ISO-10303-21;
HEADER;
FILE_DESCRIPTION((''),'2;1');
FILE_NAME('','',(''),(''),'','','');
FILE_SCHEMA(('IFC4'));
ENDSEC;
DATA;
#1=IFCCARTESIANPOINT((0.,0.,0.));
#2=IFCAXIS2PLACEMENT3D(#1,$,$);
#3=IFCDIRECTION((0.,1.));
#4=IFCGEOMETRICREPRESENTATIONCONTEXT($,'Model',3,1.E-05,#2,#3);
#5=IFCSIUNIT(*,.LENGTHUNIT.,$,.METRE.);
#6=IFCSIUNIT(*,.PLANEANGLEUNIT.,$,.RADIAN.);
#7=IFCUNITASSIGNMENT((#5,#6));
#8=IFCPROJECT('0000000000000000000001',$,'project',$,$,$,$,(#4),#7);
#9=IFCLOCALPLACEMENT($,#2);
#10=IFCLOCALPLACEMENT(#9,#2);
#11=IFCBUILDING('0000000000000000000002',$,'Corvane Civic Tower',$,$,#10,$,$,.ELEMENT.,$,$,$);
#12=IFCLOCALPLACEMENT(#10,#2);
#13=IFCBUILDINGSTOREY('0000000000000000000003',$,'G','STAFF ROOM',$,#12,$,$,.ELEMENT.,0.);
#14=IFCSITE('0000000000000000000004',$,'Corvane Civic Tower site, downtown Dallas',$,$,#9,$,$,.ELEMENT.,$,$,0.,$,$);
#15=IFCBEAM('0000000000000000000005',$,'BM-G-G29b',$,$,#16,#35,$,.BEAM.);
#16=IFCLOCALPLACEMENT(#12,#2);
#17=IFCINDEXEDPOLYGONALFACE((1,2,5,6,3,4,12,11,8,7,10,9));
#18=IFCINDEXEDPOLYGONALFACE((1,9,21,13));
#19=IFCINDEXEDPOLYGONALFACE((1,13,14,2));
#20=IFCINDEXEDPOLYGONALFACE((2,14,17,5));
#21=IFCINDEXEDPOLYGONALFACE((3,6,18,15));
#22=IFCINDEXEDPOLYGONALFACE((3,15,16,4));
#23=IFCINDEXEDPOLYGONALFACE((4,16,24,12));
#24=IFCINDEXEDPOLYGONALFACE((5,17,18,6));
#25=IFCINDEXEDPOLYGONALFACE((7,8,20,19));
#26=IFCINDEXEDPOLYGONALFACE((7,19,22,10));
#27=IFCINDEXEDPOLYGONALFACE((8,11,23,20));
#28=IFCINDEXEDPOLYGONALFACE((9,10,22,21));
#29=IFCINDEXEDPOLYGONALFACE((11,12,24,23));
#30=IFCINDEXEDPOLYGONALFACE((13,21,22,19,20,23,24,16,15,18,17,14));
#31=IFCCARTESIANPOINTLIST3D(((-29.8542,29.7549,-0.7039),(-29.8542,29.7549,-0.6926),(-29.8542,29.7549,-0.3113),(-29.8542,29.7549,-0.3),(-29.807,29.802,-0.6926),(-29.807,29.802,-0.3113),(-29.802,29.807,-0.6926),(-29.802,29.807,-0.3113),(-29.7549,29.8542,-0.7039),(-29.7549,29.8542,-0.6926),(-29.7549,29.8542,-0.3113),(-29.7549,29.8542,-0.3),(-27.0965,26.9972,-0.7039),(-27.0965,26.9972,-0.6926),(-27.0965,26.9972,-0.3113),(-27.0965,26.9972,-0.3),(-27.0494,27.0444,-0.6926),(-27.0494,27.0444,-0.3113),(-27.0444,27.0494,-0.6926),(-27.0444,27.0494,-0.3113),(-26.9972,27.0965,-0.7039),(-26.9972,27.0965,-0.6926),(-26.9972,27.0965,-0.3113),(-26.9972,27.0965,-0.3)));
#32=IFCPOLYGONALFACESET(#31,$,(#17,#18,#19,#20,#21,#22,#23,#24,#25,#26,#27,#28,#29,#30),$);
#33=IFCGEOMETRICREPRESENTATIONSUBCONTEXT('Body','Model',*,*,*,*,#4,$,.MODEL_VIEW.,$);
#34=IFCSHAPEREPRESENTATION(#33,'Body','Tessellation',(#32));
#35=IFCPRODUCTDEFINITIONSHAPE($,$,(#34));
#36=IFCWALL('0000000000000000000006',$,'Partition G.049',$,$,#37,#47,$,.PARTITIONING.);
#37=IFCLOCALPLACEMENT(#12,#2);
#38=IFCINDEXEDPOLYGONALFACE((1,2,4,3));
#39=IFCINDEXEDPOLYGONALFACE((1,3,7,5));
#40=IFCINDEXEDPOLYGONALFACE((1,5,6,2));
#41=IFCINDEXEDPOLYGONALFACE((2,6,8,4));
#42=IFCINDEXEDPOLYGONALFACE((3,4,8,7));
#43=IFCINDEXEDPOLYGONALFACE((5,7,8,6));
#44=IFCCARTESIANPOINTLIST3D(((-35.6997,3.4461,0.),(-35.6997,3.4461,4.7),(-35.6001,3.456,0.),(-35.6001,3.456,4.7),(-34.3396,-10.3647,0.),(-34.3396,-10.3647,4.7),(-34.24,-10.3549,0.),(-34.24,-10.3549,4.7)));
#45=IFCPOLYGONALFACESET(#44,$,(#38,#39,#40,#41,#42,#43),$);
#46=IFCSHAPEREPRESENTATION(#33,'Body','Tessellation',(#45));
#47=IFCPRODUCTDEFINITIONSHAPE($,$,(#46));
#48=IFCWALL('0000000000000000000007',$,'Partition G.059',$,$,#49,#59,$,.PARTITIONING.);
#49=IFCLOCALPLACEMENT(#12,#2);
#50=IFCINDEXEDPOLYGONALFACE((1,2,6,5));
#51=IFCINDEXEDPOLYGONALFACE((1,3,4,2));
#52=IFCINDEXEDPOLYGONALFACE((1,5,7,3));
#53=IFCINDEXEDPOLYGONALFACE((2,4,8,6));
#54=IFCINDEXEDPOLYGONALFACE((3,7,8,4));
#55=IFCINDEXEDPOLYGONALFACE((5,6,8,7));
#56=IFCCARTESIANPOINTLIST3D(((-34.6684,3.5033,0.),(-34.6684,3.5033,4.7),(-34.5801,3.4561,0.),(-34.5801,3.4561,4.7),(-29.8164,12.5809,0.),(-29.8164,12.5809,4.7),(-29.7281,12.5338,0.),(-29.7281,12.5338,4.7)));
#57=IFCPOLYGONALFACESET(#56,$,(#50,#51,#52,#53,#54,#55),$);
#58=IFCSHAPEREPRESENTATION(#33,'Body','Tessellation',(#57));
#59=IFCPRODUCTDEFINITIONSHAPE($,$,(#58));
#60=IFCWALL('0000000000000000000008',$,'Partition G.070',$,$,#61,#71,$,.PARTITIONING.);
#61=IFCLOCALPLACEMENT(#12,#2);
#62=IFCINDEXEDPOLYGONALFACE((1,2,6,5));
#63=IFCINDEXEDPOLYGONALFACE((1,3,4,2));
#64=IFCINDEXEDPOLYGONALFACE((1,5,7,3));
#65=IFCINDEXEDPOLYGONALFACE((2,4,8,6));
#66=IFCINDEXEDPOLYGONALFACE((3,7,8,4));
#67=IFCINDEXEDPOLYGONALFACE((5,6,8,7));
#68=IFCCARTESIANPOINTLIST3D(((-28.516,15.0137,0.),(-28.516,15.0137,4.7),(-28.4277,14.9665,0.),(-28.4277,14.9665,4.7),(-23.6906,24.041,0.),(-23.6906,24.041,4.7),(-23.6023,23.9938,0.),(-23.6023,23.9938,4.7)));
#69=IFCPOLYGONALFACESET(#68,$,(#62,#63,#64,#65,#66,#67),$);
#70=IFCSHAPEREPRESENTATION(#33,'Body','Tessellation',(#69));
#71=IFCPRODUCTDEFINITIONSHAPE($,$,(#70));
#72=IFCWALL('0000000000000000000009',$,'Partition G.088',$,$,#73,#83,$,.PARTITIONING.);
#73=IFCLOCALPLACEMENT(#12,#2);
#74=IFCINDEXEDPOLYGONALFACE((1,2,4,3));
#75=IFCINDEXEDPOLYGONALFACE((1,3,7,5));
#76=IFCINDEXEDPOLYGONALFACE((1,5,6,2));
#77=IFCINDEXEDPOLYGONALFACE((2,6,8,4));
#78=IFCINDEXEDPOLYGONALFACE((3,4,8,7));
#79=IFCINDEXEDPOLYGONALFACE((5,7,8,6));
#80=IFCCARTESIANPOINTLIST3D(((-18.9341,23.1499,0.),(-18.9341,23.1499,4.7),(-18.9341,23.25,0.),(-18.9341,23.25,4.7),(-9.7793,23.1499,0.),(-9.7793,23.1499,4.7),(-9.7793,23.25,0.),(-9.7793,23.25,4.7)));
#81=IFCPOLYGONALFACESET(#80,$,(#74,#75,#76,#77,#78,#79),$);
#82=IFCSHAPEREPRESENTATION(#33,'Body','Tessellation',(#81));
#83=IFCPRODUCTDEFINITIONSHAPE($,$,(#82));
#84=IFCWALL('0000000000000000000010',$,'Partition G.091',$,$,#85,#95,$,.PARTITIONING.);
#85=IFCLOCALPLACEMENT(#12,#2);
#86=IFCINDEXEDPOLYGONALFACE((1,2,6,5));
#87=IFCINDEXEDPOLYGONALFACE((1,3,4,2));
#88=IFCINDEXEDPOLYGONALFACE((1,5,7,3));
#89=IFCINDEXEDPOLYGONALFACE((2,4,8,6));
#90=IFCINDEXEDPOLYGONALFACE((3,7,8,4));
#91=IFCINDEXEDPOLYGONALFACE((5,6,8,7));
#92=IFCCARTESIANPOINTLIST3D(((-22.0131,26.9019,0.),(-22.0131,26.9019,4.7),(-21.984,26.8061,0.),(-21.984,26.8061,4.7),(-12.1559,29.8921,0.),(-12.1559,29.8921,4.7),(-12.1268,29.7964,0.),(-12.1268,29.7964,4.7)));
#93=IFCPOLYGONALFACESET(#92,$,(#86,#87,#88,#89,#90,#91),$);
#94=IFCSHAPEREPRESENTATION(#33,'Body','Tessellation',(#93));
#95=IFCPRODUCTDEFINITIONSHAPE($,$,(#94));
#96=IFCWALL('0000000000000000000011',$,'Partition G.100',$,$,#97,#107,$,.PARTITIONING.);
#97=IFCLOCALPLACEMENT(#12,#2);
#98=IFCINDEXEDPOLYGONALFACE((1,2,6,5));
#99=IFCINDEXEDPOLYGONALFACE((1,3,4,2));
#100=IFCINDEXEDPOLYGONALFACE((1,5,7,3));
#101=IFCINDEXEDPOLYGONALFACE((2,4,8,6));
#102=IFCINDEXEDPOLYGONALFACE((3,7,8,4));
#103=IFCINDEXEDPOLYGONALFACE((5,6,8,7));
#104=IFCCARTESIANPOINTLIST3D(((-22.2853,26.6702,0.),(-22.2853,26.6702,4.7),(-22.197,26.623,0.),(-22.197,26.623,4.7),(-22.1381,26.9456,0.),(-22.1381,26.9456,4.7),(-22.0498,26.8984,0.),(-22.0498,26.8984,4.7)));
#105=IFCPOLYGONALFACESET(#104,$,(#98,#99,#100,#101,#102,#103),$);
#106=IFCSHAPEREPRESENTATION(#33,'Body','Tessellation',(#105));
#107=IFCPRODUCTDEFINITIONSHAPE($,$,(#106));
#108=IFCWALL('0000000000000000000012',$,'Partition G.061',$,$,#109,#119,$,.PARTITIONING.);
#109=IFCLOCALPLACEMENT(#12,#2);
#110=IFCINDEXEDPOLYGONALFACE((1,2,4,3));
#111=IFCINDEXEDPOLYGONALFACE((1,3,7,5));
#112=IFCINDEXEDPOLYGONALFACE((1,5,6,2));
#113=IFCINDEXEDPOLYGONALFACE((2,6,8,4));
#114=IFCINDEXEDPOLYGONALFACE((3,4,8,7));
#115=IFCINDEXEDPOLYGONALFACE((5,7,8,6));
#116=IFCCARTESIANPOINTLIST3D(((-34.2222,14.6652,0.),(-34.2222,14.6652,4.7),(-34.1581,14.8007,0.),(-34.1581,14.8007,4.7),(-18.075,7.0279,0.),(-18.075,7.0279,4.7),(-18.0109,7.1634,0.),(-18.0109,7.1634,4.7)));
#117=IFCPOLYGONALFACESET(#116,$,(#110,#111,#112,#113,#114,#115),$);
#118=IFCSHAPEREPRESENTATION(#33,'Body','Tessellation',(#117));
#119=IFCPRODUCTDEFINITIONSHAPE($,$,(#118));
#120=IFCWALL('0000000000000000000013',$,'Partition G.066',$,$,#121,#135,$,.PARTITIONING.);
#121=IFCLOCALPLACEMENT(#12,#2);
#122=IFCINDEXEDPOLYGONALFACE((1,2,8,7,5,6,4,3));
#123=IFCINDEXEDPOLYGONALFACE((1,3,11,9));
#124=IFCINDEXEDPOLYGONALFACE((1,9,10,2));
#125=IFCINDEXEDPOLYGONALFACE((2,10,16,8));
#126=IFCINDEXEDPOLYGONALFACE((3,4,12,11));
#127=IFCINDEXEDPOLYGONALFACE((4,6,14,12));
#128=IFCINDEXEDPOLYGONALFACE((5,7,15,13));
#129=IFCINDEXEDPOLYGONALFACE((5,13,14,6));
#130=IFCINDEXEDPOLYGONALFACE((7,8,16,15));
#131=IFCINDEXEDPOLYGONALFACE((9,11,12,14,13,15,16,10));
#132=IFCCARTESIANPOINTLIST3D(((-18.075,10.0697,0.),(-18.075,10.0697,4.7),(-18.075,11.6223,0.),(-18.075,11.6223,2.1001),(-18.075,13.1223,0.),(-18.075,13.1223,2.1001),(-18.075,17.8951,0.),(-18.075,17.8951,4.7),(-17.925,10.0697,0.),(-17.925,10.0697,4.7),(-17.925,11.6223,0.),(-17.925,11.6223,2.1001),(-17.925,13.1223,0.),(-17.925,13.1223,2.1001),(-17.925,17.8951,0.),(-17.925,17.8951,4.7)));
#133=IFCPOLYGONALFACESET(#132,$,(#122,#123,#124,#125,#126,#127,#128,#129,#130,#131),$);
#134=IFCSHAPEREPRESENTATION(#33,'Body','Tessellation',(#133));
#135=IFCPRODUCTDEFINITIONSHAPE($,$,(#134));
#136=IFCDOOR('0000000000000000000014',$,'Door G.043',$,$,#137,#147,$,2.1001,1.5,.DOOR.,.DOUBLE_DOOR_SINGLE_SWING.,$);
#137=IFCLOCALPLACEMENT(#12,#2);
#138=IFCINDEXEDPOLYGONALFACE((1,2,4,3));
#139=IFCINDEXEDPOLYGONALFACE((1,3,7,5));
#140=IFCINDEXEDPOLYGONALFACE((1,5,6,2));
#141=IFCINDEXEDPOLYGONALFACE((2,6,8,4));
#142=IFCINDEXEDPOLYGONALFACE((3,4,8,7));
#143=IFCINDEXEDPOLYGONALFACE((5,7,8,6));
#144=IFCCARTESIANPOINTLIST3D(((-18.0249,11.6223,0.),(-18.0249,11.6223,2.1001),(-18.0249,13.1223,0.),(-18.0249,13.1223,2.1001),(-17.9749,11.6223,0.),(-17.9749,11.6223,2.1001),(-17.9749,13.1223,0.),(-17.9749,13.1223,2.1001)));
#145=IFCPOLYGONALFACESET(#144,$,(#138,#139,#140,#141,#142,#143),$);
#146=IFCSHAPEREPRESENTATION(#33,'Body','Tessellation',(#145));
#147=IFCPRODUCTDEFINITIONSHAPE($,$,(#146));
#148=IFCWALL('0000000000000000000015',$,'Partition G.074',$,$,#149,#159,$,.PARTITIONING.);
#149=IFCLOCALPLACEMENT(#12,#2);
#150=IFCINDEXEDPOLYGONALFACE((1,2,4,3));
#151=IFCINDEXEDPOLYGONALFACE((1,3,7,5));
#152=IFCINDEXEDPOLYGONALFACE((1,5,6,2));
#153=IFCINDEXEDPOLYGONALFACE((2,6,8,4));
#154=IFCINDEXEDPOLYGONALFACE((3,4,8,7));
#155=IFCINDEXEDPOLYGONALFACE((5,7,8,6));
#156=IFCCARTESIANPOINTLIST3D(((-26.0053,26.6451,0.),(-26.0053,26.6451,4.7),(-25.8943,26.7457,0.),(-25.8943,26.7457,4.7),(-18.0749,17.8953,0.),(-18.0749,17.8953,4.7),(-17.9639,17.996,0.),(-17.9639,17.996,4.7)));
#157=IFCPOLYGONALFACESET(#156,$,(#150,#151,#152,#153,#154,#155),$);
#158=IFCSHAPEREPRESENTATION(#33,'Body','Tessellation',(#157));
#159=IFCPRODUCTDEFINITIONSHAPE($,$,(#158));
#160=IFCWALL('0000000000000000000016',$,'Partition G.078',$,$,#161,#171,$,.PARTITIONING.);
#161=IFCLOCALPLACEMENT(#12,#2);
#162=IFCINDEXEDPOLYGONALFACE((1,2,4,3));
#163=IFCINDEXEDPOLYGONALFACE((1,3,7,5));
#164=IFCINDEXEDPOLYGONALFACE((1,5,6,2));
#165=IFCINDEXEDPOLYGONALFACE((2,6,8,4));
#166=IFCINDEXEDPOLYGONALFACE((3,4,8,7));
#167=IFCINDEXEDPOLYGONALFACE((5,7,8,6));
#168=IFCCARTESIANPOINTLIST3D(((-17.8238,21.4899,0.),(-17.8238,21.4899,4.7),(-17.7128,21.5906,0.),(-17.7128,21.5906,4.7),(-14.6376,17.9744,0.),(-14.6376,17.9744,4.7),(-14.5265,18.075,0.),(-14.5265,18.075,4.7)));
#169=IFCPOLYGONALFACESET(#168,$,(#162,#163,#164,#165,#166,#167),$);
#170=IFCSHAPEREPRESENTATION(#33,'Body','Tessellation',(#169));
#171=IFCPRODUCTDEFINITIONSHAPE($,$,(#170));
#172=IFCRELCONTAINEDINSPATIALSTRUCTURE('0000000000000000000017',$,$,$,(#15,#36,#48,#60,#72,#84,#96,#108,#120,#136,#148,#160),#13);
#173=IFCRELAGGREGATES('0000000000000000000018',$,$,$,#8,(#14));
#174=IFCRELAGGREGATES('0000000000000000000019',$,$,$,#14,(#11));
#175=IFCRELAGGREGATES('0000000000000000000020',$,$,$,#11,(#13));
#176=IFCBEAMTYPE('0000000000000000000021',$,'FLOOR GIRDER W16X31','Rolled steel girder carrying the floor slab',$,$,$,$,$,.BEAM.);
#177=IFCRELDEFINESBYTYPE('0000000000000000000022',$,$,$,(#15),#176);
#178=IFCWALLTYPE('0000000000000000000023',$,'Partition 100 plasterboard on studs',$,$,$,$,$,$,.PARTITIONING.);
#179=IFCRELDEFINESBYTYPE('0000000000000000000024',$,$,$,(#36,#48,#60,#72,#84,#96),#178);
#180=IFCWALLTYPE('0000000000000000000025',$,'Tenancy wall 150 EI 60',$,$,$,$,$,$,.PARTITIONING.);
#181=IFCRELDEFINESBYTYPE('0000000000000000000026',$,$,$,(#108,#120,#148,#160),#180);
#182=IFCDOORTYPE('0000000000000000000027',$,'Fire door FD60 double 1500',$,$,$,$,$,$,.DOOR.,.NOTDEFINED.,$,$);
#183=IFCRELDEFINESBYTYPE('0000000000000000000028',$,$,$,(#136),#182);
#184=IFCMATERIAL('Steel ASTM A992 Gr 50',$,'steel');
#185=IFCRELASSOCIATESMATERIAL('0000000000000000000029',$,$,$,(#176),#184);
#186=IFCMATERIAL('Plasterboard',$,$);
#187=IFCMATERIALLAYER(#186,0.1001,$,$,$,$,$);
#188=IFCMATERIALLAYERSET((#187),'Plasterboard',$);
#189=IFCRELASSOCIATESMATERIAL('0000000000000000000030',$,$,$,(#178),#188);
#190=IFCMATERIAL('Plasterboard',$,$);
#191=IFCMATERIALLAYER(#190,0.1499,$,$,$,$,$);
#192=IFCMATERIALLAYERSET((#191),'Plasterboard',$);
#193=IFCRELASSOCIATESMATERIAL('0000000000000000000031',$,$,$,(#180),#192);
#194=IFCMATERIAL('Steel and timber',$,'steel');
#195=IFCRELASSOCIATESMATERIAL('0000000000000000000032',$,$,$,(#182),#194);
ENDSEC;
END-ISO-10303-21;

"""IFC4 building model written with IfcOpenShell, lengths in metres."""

from ifc_helpers import new_model, si_unit, direction, frame, frame_2d, origin, origin_2d, place, context, subcontext, project, spatial, rectangle, i_section, extrude, material, layer, layer_set, material_profile, profile_set, type_object, element, fill, save


model = new_model("IFC4")

# Units and contexts
model_context = context("Model", 3, precision=1e-05, world=origin(), true_north=direction((0.0, 1.0)))
body_context = subcontext(model_context, "Body", "Model", "MODEL_VIEW")
ifc_project = project(units=[si_unit("LENGTHUNIT", "METRE"), si_unit("PLANEANGLEUNIT", "RADIAN")], contexts=[model_context])

# Site, building, storey
site_placement = place(None, origin())
site = spatial("IfcSite", under=ifc_project, at=site_placement, Name="Corvane Civic Tower site, downtown Dallas", CompositionType="ELEMENT", RefElevation=0.0)
building_placement = place(site_placement, origin())
building = spatial("IfcBuilding", under=site, at=building_placement, Name="Corvane Civic Tower", CompositionType="ELEMENT")
storey_placement = place(building_placement, origin())
storey = spatial("IfcBuildingStorey", under=building, at=storey_placement, Name="G", Description="STAFF ROOM", CompositionType="ELEMENT", Elevation=0.0)

# Beam
ifc_material_1 = material(Name="Steel ASTM A992 Gr 50", Category="steel")
ifc_material_profile_1 = material_profile(ifc_material_1, i_section(OverallWidth=0.1404, OverallDepth=0.4038, WebThickness=0.0071, FlangeThickness=0.0112, at=origin_2d()), Name="W16X31")
ifc_profile_set_1 = profile_set([ifc_material_profile_1], Name="Steel ASTM A992 Gr 50")
beam_type_1 = type_object("IfcBeamType", Name="FLOOR GIRDER W16X31", Description="Rolled steel girder carrying the floor slab", PredefinedType="BEAM", material=ifc_profile_set_1)
for number, where, z_axis, x_axis, name in (
    (1, (-27.0469, 27.0469, -0.502), (-0.707107, 0.707107, 0.0), (-0.707107, -0.707107, 0.0), "BM-G-G29b"),
):
    element("IfcBeam", number, at=place(storey_placement, frame(where, z_axis=z_axis, x_axis=x_axis)), inside=storey, type_object=beam_type_1, Name=name, PredefinedType="BEAM", context=body_context, shape_type="SweptSolid", body=[
        extrude(i_section(OverallWidth=0.1404, OverallDepth=0.4038, WebThickness=0.0071, FlangeThickness=0.0112, at=origin_2d()), origin(), (0.0, 0.0, 1.0), 3.8999),
    ])

# Walls
ifc_material_2 = material(Name="Plasterboard")
ifc_layer_1 = layer(ifc_material_2, 0.1001)
ifc_layer_set_1 = layer_set([ifc_layer_1], Name="Plasterboard")
wall_type_1 = type_object("IfcWallType", Name="Partition 100 plasterboard on studs", PredefinedType="PARTITIONING", material=ifc_layer_set_1)
wall_1_placement = place(storey_placement, frame((-35.6499, 3.4512, 0.0), z_axis=(0.0, 0.0, 1.0), x_axis=(0.098007, -0.995186, 0.0)))
element("IfcWall", 2, at=wall_1_placement, inside=storey, type_object=wall_type_1, Name="Partition G.049", PredefinedType="PARTITIONING", context=body_context, shape_type="SweptSolid", body=[
    extrude(rectangle(XDim=13.8777, YDim=0.1001, at=frame_2d((6.939, 0.0))), origin(), (0.0, 0.0, 1.0), 4.7),
])
wall_2_placement = place(storey_placement, frame((-34.6243, 3.4797, 0.0), z_axis=(0.0, 0.0, 1.0), x_axis=(0.471393, 0.881923, 0.0)))
element("IfcWall", 3, at=wall_2_placement, inside=storey, type_object=wall_type_1, Name="Partition G.059", PredefinedType="PARTITIONING", context=body_context, shape_type="SweptSolid", body=[
    extrude(rectangle(XDim=10.293, YDim=0.1001, at=frame_2d((5.1465, 0.0))), origin(), (0.0, 0.0, 1.0), 4.7),
])
wall_3_placement = place(storey_placement, frame((-28.4719, 14.99, 0.0), z_axis=(0.0, 0.0, 1.0), x_axis=(0.471414, 0.881912, 0.0)))
element("IfcWall", 4, at=wall_3_placement, inside=storey, type_object=wall_type_1, Name="Partition G.070", PredefinedType="PARTITIONING", context=body_context, shape_type="SweptSolid", body=[
    extrude(rectangle(XDim=10.2361, YDim=0.1001, at=frame_2d((5.1182, 0.0))), origin(), (0.0, 0.0, 1.0), 4.7),
])
wall_4_placement = place(storey_placement, frame((-18.9341, 23.2, 0.0), z_axis=(0.0, 0.0, 1.0), x_axis=(1.0, 0.0, 0.0)))
element("IfcWall", 5, at=wall_4_placement, inside=storey, type_object=wall_type_1, Name="Partition G.088", PredefinedType="PARTITIONING", context=body_context, shape_type="SweptSolid", body=[
    extrude(rectangle(XDim=9.1548, YDim=0.1001, at=frame_2d((4.5774, 0.0))), origin(), (0.0, 0.0, 1.0), 4.7),
])
wall_5_placement = place(storey_placement, frame((-21.9985, 26.854, 0.0), z_axis=(0.0, 0.0, 1.0), x_axis=(0.956938, 0.290293, 0.0)))
element("IfcWall", 6, at=wall_5_placement, inside=storey, type_object=wall_type_1, Name="Partition G.091", PredefinedType="PARTITIONING", context=body_context, shape_type="SweptSolid", body=[
    extrude(rectangle(XDim=10.3008, YDim=0.1001, at=frame_2d((5.1504, 0.0))), origin(), (0.0, 0.0, 1.0), 4.7),
])
wall_6_placement = place(storey_placement, frame((-22.2412, 26.6465, 0.0), z_axis=(0.0, 0.0, 1.0), x_axis=(0.47144, 0.881898, 0.0)))
element("IfcWall", 7, at=wall_6_placement, inside=storey, type_object=wall_type_1, Name="Partition G.100", PredefinedType="PARTITIONING", context=body_context, shape_type="SweptSolid", body=[
    extrude(rectangle(XDim=0.3123, YDim=0.1001, at=frame_2d((0.1562, 0.0))), origin(), (0.0, 0.0, 1.0), 4.7),
])
ifc_material_3 = material(Name="Plasterboard")
ifc_layer_2 = layer(ifc_material_3, 0.1499)
ifc_layer_set_2 = layer_set([ifc_layer_2], Name="Plasterboard")
wall_type_2 = type_object("IfcWallType", Name="Tenancy wall 150 EI 60", PredefinedType="PARTITIONING", material=ifc_layer_set_2)
wall_7_placement = place(storey_placement, frame((-34.1902, 14.7329, 0.0), z_axis=(0.0, 0.0, 1.0), x_axis=(0.903986, -0.427562, 0.0)))
element("IfcWall", 8, at=wall_7_placement, inside=storey, type_object=wall_type_2, Name="Partition G.061", PredefinedType="PARTITIONING", context=body_context, shape_type="SweptSolid", body=[
    extrude(rectangle(XDim=17.8623, YDim=0.1499, at=frame_2d((8.9312, 0.0))), origin(), (0.0, 0.0, 1.0), 4.7),
])

# Wall, opening, door
wall_8_placement = place(storey_placement, frame((-18.0, 10.0698, 0.0), z_axis=(0.0, 0.0, 1.0), x_axis=(0.0, 1.0, 0.0)))
wall_8 = element("IfcWall", 9, at=wall_8_placement, inside=storey, type_object=wall_type_2, Name="Partition G.066", PredefinedType="PARTITIONING", context=body_context, shape_type="SweptSolid", body=[
    extrude(rectangle(XDim=7.8254, YDim=0.1499, at=frame_2d((3.9126, 0.0))), origin(), (0.0, 0.0, 1.0), 4.7),
])
opening_placement = place(wall_8_placement, frame((1.5525, 0.0, 0.0)))
opening = element("IfcOpeningElement", 10, at=opening_placement, cuts=wall_8, PredefinedType="OPENING", context=body_context, shape_type="SweptSolid", body=[
    extrude(rectangle(XDim=1.5, YDim=2.1001, at=frame_2d((0.75, 1.05))), frame((0.0, 0.085, 0.0), z_axis=(0.0, -1.0, 0.0), x_axis=(1.0, 0.0, 0.0)), (0.0, 0.0, 1.0), 0.1699),
])
ifc_material_4 = material(Name="Steel and timber", Category="steel")
door_type = type_object("IfcDoorType", Name="Fire door FD60 double 1500", OperationType="NOTDEFINED", PredefinedType="DOOR", material=ifc_material_4)
door_placement = place(opening_placement, origin())
door = element("IfcDoor", 11, at=door_placement, inside=storey, type_object=door_type, Name="Door G.043", OperationType="DOUBLE_DOOR_SINGLE_SWING", OverallHeight=2.1001, OverallWidth=1.5, PredefinedType="DOOR", context=body_context, shape_type="SweptSolid", body=[
    extrude(rectangle(XDim=1.5, YDim=2.1001, at=frame_2d((0.75, 1.05))), frame((0.0, 0.0249, 0.0), z_axis=(0.0, -1.0, 0.0), x_axis=(1.0, 0.0, 0.0)), (0.0, 0.0, 1.0), 0.05),
])
fill(opening, door)

# Walls
wall_9_placement = place(storey_placement, frame((-25.9497, 26.6953, 0.0), z_axis=(0.0, 0.0, 1.0), x_axis=(0.671564, -0.740947, 0.0)))
element("IfcWall", 12, at=wall_9_placement, inside=storey, type_object=wall_type_2, Name="Partition G.074", PredefinedType="PARTITIONING", context=body_context, shape_type="SweptSolid", body=[
    extrude(rectangle(XDim=11.8088, YDim=0.1499, at=frame_2d((5.9043, 0.0))), origin(), (0.0, 0.0, 1.0), 4.7),
])
wall_10_placement = place(storey_placement, frame((-17.7683, 21.5403, 0.0), z_axis=(0.0, 0.0, 1.0), x_axis=(0.671548, -0.740961, 0.0)))
element("IfcWall", 13, at=wall_10_placement, inside=storey, type_object=wall_type_2, Name="Partition G.078", PredefinedType="PARTITIONING", context=body_context, shape_type="SweptSolid", body=[
    extrude(rectangle(XDim=4.7446, YDim=0.1499, at=frame_2d((2.3723, 0.0))), origin(), (0.0, 0.0, 1.0), 4.7),
])

save(model, "model.ifc")
